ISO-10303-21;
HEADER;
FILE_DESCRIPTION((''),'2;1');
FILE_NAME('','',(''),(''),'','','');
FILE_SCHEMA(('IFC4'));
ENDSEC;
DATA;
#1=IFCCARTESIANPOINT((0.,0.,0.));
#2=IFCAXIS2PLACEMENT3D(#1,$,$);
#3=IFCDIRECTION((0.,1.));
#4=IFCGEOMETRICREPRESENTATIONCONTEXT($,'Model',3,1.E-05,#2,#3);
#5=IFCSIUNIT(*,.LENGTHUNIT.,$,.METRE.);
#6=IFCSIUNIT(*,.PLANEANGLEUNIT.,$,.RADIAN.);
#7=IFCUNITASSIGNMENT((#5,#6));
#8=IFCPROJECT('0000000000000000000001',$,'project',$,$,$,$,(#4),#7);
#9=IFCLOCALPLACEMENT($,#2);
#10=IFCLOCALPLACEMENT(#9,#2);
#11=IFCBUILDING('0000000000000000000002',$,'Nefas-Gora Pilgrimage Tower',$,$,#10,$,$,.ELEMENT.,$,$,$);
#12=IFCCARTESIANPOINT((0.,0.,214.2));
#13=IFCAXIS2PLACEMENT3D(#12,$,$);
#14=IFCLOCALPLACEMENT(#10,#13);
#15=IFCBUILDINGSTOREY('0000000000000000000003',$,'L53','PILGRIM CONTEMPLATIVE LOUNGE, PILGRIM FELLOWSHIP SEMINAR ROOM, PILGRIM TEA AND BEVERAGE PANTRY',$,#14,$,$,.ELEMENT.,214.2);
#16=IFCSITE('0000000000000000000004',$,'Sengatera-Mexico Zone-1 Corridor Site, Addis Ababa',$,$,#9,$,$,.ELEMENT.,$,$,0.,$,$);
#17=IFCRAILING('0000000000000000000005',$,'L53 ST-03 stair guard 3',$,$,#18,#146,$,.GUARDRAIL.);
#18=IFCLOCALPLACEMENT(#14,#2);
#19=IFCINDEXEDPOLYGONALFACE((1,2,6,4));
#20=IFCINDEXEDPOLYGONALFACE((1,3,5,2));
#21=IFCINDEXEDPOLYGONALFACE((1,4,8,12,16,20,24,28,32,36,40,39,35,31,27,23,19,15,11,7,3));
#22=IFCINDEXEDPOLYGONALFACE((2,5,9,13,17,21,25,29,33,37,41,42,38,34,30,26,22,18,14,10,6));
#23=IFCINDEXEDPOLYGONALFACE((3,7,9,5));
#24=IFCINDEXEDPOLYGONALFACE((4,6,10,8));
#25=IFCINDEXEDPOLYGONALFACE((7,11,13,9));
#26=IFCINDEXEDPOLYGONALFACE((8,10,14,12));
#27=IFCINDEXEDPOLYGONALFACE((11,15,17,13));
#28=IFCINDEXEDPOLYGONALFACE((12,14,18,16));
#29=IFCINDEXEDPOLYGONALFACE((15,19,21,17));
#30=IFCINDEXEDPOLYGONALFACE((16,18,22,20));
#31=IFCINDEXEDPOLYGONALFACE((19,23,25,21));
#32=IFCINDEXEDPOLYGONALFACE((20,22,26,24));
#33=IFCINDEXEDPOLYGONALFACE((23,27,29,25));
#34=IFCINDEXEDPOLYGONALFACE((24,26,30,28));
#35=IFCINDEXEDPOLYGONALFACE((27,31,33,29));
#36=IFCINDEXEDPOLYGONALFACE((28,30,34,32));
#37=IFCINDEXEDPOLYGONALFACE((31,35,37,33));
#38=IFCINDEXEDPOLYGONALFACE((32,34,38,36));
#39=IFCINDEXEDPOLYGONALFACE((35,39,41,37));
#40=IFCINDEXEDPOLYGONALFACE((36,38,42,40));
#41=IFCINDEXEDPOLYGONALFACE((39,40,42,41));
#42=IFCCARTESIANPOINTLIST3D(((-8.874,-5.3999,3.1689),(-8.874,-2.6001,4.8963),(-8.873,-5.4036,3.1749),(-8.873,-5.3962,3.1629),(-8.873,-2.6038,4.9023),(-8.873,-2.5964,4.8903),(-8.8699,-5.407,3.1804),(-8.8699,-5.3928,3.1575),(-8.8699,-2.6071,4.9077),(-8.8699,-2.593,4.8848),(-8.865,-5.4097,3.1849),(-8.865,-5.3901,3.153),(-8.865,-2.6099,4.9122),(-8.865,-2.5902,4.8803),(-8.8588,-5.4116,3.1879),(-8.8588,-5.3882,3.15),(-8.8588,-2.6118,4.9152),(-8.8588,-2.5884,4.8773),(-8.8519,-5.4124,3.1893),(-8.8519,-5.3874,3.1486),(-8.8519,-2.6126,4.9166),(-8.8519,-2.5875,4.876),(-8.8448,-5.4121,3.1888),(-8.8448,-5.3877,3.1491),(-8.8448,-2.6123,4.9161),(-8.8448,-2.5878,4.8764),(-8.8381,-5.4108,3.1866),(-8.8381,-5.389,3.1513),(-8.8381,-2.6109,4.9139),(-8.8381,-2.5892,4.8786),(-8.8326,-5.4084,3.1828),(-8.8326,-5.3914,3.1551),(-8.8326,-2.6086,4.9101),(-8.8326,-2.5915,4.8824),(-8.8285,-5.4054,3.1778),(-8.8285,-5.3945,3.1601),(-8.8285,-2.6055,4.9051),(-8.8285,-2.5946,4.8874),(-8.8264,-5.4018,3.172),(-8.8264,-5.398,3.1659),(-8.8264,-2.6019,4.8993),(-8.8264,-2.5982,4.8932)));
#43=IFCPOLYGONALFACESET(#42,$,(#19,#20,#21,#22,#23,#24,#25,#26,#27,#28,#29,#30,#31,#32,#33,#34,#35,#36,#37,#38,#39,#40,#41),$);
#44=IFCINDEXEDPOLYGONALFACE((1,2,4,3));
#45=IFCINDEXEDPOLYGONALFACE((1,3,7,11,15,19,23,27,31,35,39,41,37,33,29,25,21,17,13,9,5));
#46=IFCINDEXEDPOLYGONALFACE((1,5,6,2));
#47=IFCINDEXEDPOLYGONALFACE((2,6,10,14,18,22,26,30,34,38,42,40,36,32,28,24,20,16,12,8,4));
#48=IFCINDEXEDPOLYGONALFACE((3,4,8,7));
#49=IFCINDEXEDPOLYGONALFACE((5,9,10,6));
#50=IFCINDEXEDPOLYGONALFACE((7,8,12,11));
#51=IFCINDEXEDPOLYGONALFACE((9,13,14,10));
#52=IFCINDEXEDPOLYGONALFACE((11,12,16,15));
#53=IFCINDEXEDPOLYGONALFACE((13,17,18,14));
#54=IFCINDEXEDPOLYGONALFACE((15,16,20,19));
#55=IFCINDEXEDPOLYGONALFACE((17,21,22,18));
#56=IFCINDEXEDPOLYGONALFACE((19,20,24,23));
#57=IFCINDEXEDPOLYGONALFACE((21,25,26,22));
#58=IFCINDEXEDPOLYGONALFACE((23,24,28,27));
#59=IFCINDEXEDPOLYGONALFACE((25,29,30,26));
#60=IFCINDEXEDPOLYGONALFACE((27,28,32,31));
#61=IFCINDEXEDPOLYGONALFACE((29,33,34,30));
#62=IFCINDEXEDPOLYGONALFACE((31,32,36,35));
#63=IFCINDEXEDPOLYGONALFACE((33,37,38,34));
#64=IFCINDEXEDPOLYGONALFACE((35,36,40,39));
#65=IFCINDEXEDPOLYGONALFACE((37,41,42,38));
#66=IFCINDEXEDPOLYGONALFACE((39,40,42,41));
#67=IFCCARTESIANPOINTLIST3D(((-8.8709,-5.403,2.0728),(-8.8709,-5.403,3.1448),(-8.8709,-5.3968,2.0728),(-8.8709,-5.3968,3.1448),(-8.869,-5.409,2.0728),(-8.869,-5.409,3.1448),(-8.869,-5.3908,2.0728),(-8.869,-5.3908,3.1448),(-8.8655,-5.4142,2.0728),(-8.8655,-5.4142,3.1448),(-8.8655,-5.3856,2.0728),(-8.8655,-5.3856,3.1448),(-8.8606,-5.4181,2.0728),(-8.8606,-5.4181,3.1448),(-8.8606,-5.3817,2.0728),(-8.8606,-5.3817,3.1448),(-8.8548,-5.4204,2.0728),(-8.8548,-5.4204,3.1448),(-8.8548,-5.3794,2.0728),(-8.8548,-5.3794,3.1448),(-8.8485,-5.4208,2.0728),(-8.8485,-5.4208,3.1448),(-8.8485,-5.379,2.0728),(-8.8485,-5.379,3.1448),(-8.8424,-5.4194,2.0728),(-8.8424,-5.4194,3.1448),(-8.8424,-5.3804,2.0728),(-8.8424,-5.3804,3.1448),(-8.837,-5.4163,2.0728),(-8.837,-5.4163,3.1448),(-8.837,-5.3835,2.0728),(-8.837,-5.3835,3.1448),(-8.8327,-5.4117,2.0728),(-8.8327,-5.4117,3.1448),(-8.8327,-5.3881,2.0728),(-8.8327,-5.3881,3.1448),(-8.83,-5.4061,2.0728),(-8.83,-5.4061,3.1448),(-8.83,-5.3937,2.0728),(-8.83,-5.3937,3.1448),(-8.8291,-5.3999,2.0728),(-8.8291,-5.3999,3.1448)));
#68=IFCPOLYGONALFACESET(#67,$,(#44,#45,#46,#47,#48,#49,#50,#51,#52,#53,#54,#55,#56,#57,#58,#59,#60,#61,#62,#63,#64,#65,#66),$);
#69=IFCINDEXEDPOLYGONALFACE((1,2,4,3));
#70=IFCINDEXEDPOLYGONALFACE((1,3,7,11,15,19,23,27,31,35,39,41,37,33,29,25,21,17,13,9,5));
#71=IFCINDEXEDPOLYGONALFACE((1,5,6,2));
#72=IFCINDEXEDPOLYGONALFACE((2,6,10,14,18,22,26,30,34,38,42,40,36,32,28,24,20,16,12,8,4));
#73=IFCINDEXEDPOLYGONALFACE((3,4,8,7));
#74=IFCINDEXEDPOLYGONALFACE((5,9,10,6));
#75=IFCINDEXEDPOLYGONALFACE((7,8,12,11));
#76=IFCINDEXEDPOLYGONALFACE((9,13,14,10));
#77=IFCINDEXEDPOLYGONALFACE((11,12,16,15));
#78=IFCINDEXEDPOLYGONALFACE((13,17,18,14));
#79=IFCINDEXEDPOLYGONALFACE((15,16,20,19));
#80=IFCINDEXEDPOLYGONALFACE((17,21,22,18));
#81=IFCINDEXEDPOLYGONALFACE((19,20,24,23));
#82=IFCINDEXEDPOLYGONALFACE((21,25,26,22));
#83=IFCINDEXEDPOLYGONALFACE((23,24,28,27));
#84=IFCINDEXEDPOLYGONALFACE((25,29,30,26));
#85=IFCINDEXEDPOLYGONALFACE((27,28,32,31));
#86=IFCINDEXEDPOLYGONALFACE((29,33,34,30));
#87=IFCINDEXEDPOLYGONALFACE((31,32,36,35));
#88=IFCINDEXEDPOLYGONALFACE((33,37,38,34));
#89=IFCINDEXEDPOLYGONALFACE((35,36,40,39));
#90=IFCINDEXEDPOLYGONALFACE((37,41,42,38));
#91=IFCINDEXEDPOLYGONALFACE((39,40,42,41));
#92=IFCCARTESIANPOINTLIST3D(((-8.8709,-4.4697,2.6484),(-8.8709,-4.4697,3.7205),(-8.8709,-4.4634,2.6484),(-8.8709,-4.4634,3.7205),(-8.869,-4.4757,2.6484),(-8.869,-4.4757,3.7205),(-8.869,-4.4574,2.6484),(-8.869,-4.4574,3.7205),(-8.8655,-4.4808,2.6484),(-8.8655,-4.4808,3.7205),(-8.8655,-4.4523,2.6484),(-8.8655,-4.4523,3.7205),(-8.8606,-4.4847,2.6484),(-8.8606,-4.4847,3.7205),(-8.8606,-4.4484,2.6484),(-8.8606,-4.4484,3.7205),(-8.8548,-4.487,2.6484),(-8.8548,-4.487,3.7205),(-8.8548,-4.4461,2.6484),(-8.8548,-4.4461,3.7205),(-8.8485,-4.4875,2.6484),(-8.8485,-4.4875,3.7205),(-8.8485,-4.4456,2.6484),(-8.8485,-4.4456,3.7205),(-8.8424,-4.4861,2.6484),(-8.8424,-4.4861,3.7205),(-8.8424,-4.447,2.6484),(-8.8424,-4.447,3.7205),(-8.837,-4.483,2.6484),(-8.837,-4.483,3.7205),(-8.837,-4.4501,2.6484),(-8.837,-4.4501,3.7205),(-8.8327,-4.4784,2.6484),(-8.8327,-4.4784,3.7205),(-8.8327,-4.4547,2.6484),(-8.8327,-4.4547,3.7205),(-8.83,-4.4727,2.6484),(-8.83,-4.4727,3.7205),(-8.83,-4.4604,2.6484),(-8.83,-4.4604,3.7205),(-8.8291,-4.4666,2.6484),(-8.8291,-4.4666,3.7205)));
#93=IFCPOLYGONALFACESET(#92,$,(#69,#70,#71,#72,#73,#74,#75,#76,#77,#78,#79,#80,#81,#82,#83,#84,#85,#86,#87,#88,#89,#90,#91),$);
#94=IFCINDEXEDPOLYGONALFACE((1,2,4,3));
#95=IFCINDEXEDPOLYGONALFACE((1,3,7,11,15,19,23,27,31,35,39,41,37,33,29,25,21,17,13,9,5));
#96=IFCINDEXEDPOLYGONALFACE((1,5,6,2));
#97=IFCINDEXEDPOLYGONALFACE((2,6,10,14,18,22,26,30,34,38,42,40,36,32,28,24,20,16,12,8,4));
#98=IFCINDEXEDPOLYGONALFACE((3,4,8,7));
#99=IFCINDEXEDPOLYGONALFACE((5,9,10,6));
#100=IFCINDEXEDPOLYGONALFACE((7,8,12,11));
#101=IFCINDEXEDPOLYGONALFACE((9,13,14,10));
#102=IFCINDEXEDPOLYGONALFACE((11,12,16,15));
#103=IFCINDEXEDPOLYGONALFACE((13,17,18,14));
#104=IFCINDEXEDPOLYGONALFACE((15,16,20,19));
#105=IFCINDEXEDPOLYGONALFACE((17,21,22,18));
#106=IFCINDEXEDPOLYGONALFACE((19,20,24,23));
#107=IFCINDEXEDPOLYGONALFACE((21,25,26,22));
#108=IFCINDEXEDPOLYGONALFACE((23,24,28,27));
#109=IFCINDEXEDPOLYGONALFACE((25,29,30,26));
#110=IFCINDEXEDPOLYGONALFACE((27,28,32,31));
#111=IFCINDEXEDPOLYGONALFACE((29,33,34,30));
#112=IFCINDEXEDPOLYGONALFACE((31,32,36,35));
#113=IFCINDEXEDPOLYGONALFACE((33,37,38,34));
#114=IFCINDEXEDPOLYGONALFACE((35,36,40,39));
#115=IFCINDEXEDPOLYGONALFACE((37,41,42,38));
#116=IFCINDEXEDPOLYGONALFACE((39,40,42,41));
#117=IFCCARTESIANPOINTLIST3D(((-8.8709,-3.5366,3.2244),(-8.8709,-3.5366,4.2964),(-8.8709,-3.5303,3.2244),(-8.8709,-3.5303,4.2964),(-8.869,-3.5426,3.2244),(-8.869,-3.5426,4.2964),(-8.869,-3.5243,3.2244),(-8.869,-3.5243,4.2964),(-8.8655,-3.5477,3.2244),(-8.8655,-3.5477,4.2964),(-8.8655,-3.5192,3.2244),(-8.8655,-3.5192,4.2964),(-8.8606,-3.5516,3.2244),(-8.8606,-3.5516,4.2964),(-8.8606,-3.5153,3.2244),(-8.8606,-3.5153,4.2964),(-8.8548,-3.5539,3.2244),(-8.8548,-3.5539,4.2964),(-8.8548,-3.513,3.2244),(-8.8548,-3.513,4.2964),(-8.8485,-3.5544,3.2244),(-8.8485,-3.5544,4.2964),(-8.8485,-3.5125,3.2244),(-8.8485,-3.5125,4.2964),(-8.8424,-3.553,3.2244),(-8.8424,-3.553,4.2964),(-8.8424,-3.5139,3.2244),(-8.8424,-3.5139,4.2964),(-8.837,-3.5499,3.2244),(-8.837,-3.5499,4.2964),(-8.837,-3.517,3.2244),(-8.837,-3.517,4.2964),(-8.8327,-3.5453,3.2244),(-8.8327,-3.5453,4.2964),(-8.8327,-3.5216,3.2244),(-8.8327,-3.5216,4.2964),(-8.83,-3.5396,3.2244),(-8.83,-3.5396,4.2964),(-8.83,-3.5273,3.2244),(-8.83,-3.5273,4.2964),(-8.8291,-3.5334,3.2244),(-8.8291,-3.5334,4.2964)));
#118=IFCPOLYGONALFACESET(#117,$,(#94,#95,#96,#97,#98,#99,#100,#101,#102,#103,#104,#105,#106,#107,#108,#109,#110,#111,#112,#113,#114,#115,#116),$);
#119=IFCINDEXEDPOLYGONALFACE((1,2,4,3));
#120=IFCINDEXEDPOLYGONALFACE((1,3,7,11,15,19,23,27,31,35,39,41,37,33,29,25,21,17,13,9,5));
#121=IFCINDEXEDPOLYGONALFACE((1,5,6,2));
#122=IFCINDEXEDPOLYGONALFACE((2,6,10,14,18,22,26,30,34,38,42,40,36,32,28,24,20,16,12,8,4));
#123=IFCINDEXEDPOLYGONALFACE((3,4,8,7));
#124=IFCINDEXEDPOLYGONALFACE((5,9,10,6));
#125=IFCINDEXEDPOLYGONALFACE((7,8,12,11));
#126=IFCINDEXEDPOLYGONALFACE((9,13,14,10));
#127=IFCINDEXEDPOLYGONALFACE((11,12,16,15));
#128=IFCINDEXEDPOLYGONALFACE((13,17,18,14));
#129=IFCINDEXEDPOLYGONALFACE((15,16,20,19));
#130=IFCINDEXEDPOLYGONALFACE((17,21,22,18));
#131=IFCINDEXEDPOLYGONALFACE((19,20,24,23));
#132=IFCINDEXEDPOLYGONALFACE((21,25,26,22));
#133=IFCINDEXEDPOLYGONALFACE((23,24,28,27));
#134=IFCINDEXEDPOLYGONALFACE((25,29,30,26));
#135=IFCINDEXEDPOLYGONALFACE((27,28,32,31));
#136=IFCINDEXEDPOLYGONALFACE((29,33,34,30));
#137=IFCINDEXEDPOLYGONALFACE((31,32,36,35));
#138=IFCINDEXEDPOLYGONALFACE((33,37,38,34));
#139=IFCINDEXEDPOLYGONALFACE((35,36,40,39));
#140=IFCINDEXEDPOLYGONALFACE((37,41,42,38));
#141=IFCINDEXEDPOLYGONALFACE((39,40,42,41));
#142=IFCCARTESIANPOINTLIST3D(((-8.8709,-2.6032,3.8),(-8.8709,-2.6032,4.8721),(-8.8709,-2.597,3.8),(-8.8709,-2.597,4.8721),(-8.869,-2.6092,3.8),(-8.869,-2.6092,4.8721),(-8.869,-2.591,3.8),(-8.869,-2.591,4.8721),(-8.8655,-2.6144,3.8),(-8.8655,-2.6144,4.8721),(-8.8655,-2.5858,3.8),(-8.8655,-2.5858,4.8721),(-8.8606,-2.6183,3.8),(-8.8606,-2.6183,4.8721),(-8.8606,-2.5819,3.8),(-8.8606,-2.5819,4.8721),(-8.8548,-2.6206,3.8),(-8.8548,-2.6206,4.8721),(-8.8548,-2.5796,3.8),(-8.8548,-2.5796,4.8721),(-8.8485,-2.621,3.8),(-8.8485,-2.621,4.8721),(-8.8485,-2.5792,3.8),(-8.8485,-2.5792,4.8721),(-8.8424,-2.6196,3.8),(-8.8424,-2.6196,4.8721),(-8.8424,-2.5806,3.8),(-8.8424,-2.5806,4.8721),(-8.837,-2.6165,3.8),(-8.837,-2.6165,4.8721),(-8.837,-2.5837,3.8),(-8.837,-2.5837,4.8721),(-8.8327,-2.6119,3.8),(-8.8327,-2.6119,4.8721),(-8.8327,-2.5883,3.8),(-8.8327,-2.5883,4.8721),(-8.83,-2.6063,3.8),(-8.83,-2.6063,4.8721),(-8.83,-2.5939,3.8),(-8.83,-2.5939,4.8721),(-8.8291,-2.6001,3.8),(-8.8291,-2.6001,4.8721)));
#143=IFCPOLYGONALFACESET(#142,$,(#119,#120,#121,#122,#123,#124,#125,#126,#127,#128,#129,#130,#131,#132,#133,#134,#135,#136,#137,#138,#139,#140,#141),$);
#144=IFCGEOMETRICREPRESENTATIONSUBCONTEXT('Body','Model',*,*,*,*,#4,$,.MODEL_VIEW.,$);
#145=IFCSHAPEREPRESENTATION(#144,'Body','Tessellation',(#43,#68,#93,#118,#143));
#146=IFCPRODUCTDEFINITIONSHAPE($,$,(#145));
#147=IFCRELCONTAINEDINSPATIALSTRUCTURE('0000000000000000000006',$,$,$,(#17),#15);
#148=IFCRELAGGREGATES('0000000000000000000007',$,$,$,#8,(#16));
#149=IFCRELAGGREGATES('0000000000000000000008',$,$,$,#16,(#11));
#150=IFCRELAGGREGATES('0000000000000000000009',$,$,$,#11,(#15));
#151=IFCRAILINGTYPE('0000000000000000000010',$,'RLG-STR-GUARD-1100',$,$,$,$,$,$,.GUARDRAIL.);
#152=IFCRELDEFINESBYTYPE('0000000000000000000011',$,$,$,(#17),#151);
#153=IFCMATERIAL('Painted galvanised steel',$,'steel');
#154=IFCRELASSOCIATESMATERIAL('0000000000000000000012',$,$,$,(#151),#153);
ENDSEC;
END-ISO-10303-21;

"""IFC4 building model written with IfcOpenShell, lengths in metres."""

from ifc_helpers import new_model, si_unit, direction, frame, origin, origin_2d, place, context, subcontext, project, spatial, circle, extrude, material, type_object, element, save


model = new_model("IFC4")

# Units and contexts
model_context = context("Model", 3, precision=1e-05, world=origin(), true_north=direction((0.0, 1.0)))
body_context = subcontext(model_context, "Body", "Model", "MODEL_VIEW")
ifc_project = project(units=[si_unit("LENGTHUNIT", "METRE"), si_unit("PLANEANGLEUNIT", "RADIAN")], contexts=[model_context])

# Site, building, storey
site_placement = place(None, origin())
site = spatial("IfcSite", under=ifc_project, at=site_placement, Name="Sengatera-Mexico Zone-1 Corridor Site, Addis Ababa", CompositionType="ELEMENT", RefElevation=0.0)
building_placement = place(site_placement, origin())
building = spatial("IfcBuilding", under=site, at=building_placement, Name="Nefas-Gora Pilgrimage Tower", CompositionType="ELEMENT")
storey_placement = place(building_placement, frame((0.0, 0.0, 214.2)))
storey = spatial("IfcBuildingStorey", under=building, at=storey_placement, Name="L53", Description="PILGRIM CONTEMPLATIVE LOUNGE, PILGRIM FELLOWSHIP SEMINAR ROOM, PILGRIM TEA AND BEVERAGE PANTRY", CompositionType="ELEMENT", Elevation=214.2)

# Railing
ifc_material_1 = material(Name="Painted galvanised steel", Category="steel")
railing_type_1 = type_object("IfcRailingType", Name="RLG-STR-GUARD-1100", PredefinedType="GUARDRAIL", material=ifc_material_1)
railing_1_placement = place(storey_placement, frame((-8.8501, -5.3999, 2.0728)))
element("IfcRailing", 1, at=railing_1_placement, inside=storey, type_object=railing_type_1, Name="L53 ST-03 stair guard 3", PredefinedType="GUARDRAIL", context=body_context, shape_type="SweptSolid", body=[
    extrude(circle(Radius=0.0239, at=origin_2d()), frame((0.0, 0.0, 1.0962), z_axis=(0.0, 0.851069, 0.525054), x_axis=(-1.0, 0.0, 0.0)), (0.0, 0.0, 1.0), 3.2898),
    extrude(circle(Radius=0.021, at=origin_2d()), origin(), (0.0, 0.0, 1.0), 1.072),
    extrude(circle(Radius=0.021, at=origin_2d()), frame((0.0, 0.9333, 0.5757)), (0.0, 0.0, 1.0), 1.072),
    extrude(circle(Radius=0.021, at=origin_2d()), frame((0.0, 1.8665, 1.1516)), (0.0, 0.0, 1.0), 1.072),
    extrude(circle(Radius=0.021, at=origin_2d()), frame((0.0, 2.7998, 1.7273)), (0.0, 0.0, 1.0), 1.072),
])

save(model, "model.ifc")
